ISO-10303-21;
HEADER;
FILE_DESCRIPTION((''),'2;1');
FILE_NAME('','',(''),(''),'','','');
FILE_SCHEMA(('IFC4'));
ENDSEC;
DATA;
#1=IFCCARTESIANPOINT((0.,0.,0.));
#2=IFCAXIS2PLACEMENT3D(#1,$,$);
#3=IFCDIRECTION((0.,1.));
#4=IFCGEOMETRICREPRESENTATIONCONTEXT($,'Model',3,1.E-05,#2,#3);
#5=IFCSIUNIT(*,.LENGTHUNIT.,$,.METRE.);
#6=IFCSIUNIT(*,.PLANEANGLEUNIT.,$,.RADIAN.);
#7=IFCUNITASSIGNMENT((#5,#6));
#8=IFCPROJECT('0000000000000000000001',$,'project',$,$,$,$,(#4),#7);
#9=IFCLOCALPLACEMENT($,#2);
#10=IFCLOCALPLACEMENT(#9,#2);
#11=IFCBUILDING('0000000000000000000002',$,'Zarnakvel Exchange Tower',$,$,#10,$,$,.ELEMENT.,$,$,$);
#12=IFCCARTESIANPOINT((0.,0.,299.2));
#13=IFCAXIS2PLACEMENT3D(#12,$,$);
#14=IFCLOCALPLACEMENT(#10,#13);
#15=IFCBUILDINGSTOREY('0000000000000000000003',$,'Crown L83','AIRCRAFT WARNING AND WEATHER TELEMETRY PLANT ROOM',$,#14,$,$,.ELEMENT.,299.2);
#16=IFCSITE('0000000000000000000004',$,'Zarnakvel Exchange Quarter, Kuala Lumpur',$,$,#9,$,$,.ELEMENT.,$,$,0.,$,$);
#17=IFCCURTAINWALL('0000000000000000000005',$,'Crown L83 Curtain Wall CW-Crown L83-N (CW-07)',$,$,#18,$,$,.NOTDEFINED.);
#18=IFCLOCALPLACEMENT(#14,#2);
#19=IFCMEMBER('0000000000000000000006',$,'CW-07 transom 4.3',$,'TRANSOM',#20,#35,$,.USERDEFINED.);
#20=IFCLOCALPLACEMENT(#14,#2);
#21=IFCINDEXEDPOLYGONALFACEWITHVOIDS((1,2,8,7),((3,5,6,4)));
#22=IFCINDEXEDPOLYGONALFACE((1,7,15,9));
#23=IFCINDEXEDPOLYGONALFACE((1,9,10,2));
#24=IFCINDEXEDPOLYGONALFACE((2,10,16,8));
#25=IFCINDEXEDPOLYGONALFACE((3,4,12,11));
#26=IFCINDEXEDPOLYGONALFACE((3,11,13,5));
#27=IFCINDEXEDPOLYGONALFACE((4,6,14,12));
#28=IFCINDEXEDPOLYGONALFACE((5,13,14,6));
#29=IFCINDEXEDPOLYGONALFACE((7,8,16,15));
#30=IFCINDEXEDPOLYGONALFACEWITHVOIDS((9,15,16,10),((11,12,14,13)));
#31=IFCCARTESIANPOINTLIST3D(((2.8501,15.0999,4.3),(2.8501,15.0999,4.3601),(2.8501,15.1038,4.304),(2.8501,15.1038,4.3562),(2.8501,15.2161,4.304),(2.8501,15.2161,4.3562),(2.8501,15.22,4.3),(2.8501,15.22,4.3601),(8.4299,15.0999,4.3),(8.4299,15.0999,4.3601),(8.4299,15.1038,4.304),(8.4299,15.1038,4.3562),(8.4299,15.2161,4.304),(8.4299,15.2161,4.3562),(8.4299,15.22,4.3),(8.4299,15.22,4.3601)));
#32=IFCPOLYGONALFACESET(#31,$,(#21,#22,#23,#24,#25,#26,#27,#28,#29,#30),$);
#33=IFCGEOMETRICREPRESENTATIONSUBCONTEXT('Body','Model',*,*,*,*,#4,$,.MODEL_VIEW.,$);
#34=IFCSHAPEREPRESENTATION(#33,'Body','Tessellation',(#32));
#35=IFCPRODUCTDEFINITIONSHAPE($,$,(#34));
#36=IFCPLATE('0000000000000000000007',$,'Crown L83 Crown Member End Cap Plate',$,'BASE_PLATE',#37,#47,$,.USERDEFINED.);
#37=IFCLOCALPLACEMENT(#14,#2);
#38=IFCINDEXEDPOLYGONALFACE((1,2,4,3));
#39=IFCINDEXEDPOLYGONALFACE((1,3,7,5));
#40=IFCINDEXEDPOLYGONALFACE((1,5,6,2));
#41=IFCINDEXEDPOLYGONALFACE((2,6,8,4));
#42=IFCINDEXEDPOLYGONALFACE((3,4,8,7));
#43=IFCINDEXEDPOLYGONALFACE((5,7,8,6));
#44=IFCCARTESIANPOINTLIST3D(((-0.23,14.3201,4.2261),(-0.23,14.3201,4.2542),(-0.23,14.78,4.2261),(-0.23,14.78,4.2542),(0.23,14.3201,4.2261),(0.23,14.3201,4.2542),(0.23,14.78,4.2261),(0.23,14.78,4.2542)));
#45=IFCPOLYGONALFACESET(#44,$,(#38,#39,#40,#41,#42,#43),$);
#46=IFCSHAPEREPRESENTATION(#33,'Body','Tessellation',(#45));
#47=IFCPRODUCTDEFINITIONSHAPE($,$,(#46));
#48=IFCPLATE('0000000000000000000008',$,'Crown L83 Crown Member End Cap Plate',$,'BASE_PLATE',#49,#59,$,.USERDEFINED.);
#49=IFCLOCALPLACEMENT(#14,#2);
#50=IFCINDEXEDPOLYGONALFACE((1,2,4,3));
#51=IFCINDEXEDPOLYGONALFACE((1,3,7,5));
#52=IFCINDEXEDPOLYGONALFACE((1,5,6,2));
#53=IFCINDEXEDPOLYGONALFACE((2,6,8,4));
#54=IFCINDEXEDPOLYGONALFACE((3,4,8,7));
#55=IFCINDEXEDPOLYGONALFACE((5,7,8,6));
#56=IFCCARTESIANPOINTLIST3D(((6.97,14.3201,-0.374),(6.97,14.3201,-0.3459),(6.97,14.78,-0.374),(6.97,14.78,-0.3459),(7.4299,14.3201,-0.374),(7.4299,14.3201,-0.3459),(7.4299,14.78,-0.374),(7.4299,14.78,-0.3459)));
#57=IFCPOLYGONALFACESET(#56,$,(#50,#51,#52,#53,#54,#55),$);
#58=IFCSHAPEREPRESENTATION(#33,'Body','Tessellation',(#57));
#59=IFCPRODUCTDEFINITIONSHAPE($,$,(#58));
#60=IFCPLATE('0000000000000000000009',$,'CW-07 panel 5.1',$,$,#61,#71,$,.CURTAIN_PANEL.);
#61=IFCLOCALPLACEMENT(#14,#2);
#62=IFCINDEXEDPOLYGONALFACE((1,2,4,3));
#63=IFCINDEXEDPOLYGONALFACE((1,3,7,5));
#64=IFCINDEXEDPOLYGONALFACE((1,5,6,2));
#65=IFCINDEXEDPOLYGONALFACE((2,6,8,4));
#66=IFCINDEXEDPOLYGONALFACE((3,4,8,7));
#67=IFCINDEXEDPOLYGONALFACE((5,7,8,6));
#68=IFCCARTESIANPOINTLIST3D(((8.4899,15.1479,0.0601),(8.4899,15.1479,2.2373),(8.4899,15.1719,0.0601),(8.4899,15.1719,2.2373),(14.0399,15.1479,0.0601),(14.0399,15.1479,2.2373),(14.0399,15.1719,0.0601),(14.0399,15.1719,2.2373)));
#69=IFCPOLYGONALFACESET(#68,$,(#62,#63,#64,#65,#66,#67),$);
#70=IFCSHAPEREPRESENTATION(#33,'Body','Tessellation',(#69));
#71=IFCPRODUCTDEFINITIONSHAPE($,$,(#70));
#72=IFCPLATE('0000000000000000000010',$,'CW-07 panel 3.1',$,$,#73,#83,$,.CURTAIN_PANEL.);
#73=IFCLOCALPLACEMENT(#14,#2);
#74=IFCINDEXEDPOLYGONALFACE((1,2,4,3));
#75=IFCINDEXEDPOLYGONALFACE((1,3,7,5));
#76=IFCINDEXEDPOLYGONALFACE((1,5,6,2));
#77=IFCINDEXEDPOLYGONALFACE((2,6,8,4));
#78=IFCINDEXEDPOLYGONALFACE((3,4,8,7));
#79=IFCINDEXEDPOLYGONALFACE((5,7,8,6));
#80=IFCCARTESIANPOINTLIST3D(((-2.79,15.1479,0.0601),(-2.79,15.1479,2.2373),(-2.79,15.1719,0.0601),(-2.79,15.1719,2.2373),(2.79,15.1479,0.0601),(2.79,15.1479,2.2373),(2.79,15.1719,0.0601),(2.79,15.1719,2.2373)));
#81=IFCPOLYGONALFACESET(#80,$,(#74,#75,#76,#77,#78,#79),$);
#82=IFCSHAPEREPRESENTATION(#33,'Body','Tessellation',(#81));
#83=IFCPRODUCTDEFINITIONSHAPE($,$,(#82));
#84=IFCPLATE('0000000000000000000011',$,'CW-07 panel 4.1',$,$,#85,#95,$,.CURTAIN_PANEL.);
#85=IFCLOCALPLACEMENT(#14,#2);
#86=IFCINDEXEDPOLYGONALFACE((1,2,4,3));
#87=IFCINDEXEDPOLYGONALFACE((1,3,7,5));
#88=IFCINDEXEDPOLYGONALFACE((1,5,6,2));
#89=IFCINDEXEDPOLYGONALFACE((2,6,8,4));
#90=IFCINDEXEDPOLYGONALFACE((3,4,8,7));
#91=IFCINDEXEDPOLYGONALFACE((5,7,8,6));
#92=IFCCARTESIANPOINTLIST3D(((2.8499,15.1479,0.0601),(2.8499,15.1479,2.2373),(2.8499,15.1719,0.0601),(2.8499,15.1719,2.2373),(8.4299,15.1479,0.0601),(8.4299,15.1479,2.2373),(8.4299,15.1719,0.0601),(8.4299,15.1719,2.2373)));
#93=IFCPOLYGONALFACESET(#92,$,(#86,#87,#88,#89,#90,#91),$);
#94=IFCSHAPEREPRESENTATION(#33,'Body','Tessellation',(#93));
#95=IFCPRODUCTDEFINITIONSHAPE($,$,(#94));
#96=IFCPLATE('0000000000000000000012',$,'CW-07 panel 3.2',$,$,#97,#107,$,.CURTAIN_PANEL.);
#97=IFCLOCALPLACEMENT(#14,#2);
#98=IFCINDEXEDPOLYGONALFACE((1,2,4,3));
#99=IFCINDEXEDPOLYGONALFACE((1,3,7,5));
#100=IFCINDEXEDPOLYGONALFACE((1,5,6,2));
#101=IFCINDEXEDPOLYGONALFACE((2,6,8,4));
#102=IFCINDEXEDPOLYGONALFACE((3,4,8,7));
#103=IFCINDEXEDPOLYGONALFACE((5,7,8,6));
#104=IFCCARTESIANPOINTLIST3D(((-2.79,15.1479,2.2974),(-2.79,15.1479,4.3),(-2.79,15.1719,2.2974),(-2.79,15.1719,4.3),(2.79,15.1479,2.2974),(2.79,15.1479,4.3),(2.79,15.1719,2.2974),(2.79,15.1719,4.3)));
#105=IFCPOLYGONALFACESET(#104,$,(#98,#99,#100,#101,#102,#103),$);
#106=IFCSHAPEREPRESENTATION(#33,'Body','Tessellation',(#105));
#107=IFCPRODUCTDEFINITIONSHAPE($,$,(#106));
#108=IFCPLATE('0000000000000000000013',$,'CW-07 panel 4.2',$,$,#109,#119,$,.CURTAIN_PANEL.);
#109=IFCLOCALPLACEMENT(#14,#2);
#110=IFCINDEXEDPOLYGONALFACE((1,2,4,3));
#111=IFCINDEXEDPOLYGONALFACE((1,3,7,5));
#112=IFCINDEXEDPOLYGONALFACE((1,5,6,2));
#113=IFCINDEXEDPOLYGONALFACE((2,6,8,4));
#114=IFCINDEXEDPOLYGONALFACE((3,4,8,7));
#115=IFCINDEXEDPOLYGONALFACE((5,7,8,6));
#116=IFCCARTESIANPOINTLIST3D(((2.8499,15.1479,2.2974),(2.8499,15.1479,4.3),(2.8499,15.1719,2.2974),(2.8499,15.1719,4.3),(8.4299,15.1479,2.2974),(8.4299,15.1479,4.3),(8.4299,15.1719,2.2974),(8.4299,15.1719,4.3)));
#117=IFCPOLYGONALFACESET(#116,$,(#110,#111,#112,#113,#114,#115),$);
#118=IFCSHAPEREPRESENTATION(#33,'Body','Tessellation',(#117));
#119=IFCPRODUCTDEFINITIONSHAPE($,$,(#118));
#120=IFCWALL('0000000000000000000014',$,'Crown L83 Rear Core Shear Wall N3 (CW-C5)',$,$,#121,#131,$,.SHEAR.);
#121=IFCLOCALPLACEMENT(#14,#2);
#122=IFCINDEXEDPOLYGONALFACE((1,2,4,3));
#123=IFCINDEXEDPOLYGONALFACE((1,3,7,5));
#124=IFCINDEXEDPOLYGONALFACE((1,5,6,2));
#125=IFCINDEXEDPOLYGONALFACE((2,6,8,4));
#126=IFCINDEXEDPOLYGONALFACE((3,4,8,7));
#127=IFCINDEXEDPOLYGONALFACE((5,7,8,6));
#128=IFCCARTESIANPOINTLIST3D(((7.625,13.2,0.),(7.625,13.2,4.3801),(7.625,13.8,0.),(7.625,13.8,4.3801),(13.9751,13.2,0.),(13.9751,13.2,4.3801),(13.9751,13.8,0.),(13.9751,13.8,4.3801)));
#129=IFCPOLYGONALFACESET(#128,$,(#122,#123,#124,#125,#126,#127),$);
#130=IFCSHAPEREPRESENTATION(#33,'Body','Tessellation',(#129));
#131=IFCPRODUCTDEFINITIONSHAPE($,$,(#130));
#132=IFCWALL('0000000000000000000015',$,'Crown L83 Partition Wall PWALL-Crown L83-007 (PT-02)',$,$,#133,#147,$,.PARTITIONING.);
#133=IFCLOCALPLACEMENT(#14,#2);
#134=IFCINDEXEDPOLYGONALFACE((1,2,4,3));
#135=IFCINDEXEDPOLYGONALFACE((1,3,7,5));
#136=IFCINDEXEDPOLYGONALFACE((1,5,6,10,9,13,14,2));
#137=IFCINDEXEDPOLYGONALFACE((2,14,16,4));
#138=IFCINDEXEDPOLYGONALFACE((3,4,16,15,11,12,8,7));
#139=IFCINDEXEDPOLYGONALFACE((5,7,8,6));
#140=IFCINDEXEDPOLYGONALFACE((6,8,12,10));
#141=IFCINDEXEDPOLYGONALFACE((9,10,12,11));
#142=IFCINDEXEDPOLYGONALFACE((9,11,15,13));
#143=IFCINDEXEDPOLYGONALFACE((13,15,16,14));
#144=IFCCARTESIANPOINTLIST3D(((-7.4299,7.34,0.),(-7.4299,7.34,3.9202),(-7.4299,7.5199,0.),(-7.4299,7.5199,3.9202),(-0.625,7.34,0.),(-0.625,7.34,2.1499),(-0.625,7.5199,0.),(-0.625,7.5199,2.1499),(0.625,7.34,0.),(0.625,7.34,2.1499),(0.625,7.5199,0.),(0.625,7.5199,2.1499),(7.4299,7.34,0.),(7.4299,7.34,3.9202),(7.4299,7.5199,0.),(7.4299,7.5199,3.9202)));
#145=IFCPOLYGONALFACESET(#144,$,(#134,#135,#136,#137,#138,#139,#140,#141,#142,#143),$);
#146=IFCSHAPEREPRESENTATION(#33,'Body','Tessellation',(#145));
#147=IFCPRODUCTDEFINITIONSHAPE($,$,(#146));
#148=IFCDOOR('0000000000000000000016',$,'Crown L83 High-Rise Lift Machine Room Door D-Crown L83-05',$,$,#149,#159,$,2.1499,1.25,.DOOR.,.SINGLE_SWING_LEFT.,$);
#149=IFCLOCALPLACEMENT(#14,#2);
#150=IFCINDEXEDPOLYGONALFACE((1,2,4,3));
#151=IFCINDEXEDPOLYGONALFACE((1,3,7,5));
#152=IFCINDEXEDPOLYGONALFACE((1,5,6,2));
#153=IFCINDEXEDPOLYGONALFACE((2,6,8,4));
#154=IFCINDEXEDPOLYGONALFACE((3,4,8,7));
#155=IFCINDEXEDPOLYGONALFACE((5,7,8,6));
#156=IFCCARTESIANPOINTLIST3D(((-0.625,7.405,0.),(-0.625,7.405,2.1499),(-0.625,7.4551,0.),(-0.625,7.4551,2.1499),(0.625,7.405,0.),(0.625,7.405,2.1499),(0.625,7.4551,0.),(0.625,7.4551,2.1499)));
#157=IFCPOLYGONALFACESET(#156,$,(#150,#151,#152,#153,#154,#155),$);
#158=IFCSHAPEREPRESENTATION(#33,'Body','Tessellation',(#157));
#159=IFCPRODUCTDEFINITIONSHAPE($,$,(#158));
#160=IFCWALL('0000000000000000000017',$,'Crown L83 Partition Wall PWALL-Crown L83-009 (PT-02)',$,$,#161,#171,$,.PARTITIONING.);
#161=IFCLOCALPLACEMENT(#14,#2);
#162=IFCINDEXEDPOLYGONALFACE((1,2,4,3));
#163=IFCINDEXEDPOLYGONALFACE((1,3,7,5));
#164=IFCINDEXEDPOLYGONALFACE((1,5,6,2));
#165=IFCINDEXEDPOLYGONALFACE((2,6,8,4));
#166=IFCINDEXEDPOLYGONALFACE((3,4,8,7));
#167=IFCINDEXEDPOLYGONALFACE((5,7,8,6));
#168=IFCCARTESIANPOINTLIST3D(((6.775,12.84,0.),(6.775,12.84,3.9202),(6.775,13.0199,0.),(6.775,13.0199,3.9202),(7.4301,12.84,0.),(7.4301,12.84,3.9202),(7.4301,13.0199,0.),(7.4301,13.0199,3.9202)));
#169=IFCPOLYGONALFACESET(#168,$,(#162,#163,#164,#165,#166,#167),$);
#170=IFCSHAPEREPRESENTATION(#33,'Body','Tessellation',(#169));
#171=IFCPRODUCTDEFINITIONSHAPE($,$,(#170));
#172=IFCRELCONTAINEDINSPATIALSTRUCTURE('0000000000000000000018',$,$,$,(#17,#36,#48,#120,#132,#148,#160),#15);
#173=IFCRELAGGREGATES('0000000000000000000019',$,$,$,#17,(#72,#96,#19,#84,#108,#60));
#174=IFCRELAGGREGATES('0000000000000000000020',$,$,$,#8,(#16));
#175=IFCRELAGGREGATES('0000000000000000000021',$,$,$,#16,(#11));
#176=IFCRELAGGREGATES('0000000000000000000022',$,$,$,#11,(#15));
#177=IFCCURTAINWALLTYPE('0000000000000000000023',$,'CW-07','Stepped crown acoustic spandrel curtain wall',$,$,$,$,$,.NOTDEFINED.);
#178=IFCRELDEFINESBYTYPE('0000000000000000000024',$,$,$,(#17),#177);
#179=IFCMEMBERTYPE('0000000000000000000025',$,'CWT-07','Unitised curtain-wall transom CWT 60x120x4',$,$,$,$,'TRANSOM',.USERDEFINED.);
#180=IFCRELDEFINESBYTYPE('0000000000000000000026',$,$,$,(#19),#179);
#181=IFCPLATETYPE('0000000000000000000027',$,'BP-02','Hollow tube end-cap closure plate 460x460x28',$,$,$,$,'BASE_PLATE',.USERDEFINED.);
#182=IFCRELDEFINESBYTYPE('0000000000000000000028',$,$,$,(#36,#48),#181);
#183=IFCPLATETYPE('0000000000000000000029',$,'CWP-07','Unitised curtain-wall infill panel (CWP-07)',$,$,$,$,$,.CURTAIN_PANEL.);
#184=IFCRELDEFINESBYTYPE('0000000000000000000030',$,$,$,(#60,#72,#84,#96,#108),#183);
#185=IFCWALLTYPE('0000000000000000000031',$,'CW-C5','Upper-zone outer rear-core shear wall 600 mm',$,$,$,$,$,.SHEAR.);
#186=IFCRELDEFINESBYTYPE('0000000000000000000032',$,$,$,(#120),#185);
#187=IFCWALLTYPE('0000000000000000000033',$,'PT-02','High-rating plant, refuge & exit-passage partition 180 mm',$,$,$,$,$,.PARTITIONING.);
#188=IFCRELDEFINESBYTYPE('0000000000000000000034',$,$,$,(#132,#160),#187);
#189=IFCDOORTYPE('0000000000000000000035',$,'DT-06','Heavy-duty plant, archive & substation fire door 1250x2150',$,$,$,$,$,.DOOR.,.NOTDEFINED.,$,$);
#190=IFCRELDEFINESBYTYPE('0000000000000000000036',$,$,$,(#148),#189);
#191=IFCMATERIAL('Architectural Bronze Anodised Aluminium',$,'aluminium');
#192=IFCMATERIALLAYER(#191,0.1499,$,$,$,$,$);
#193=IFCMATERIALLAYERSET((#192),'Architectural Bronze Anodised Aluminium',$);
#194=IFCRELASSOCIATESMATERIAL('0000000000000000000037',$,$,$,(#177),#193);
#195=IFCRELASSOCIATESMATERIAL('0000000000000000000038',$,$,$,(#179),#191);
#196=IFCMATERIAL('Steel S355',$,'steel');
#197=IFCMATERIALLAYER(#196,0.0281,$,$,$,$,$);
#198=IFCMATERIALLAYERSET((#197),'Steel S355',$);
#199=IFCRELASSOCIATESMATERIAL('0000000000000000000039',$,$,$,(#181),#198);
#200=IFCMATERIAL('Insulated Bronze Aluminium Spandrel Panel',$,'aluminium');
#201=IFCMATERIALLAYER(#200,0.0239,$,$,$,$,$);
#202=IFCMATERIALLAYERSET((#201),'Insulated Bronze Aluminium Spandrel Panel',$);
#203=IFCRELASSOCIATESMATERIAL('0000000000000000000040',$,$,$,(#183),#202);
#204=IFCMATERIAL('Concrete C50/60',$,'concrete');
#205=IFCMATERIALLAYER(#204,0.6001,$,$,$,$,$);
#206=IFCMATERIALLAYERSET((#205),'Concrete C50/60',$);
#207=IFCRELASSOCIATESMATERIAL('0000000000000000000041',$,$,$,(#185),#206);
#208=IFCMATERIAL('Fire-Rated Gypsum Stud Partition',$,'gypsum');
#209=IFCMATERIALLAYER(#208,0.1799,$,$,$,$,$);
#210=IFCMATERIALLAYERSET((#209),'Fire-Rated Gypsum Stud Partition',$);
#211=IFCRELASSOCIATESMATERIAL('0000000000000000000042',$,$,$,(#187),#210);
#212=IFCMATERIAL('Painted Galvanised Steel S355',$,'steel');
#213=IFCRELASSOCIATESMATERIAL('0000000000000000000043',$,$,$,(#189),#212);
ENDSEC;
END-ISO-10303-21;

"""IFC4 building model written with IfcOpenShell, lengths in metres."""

from ifc_helpers import new_model, si_unit, direction, frame, frame_2d, origin, origin_2d, place, context, subcontext, project, spatial, rectangle, hollow_rectangle, extrude, source, transform, mapped, material, layer, layer_set, material_profile, profile_set, type_object, element, fill, aggregate, save


model = new_model("IFC4")

# Units and contexts
model_context = context("Model", 3, precision=1e-05, world=origin(), true_north=direction((0.0, 1.0)))
body_context = subcontext(model_context, "Body", "Model", "MODEL_VIEW")
ifc_project = project(units=[si_unit("LENGTHUNIT", "METRE"), si_unit("PLANEANGLEUNIT", "RADIAN")], contexts=[model_context])

# Site, building, storey
site_placement = place(None, origin())
site = spatial("IfcSite", under=ifc_project, at=site_placement, Name="Zarnakvel Exchange Quarter, Kuala Lumpur", CompositionType="ELEMENT", RefElevation=0.0)
building_placement = place(site_placement, origin())
building = spatial("IfcBuilding", under=site, at=building_placement, Name="Zarnakvel Exchange Tower", CompositionType="ELEMENT")
storey_placement = place(building_placement, frame((0.0, 0.0, 299.2)))
storey = spatial("IfcBuildingStorey", under=building, at=storey_placement, Name="Crown L83", Description="AIRCRAFT WARNING AND WEATHER TELEMETRY PLANT ROOM", CompositionType="ELEMENT", Elevation=299.2)

# Shared definitions
ifc_material_1 = material(Name="Concrete C50/60", Category="concrete")
ifc_material_2 = material(Name="Steel S355", Category="steel")

# Curtain wall, member
ifc_material_3 = material(Name="Architectural Bronze Anodised Aluminium", Category="aluminium")
ifc_layer_1 = layer(ifc_material_3, 0.1499)
ifc_layer_set_1 = layer_set([ifc_layer_1], Name="Architectural Bronze Anodised Aluminium")
curtain_wall_type = type_object("IfcCurtainWallType", Name="CW-07", Description="Stepped crown acoustic spandrel curtain wall", PredefinedType="NOTDEFINED", material=ifc_layer_set_1)
curtain_wall_placement = place(storey_placement, origin())
curtain_wall = element("IfcCurtainWall", 1, at=curtain_wall_placement, inside=storey, type_object=curtain_wall_type, Name="Crown L83 Curtain Wall CW-Crown L83-N (CW-07)", PredefinedType="NOTDEFINED")
ifc_material_profile_1 = material_profile(ifc_material_3, hollow_rectangle(XDim=0.1201, YDim=0.0601, WallThickness=0.0039, at=origin_2d()))
ifc_profile_set_1 = profile_set([ifc_material_profile_1], Name="Architectural Bronze Anodised Aluminium")
member_type_1 = type_object("IfcMemberType", Name="CWT-07", Description="Unitised curtain-wall transom CWT 60x120x4", ElementType="TRANSOM", PredefinedType="USERDEFINED", material=ifc_profile_set_1)
shared_shape_1 = source(origin(), body_context, "Body", "SweptSolid", [
    extrude(hollow_rectangle(XDim=0.1201, YDim=0.0601, WallThickness=0.0039, at=origin_2d()), origin(), (0.0, 0.0, 1.0), 5.5798),
])
member_1_placement = place(storey_placement, frame((2.8501, 15.1599, 4.3301), z_axis=(1.0, 0.0, 0.0), x_axis=(0.0, 1.0, 0.0)))
member_1 = element("IfcMember", 2, at=member_1_placement, type_object=member_type_1, Name="CW-07 transom 4.3", ObjectType="TRANSOM", PredefinedType="USERDEFINED", context=body_context, shape_type="MappedRepresentation", body=[
    mapped(shared_shape_1, transform((0.0, 0.0, 0.0), x_axis=(1.0, 0.0, 0.0), y_axis=(0.0, 1.0, 0.0), z_axis=(0.0, 0.0, 1.0), scale=1.0)),
])

# Plates
ifc_layer_2 = layer(ifc_material_2, 0.0281)
ifc_layer_set_2 = layer_set([ifc_layer_2], Name="Steel S355")
plate_type_1 = type_object("IfcPlateType", Name="BP-02", Description="Hollow tube end-cap closure plate 460x460x28", ElementType="BASE_PLATE", PredefinedType="USERDEFINED", material=ifc_layer_set_2)
shared_shape_2 = source(origin(), body_context, "Body", "SweptSolid", [
    extrude(rectangle(XDim=0.46, YDim=0.46, at=origin_2d()), origin(), (0.0, 0.0, 1.0), 0.0281),
])
for number, where, z_axis, x_axis, name in (
    (3, (0.0, 14.55, 4.2261), (0.0, 0.0, 1.0), (1.0, 0.0, 0.0), "Crown L83 Crown Member End Cap Plate"),
    (4, (7.2, 14.55, -0.374), (0.0, 0.0, 1.0), (1.0, 0.0, 0.0), "Crown L83 Crown Member End Cap Plate"),
):
    element("IfcPlate", number, at=place(storey_placement, frame(where, z_axis=z_axis, x_axis=x_axis)), inside=storey, type_object=plate_type_1, Name=name, ObjectType="BASE_PLATE", PredefinedType="USERDEFINED", context=body_context, shape_type="MappedRepresentation", body=[
        mapped(shared_shape_2, transform((0.0, 0.0, 0.0), x_axis=(1.0, 0.0, 0.0), y_axis=(0.0, 1.0, 0.0), z_axis=(0.0, 0.0, 1.0), scale=1.0)),
    ])

# Plates
ifc_material_4 = material(Name="Insulated Bronze Aluminium Spandrel Panel", Category="aluminium")
ifc_layer_3 = layer(ifc_material_4, 0.0239)
ifc_layer_set_3 = layer_set([ifc_layer_3], Name="Insulated Bronze Aluminium Spandrel Panel")
plate_type_2 = type_object("IfcPlateType", Name="CWP-07", Description="Unitised curtain-wall infill panel (CWP-07)", PredefinedType="CURTAIN_PANEL", material=ifc_layer_set_3)
shared_shape_3 = source(origin(), body_context, "Body", "SweptSolid", [
    extrude(rectangle(XDim=5.55, YDim=0.0239, at=origin_2d()), origin(), (0.0, 0.0, 1.0), 2.1772),
])
plate_1_placement = place(storey_placement, frame((11.2649, 15.1599, 0.0601), z_axis=(0.0, 0.0, 1.0), x_axis=(1.0, 0.0, 0.0)))
plate_1 = element("IfcPlate", 5, at=plate_1_placement, type_object=plate_type_2, Name="CW-07 panel 5.1", PredefinedType="CURTAIN_PANEL", context=body_context, shape_type="MappedRepresentation", body=[
    mapped(shared_shape_3, transform((0.0, 0.0, 0.0), x_axis=(1.0, 0.0, 0.0), y_axis=(0.0, 1.0, 0.0), z_axis=(0.0, 0.0, 1.0), scale=1.0)),
])
shared_shape_4 = source(origin(), body_context, "Body", "SweptSolid", [
    extrude(rectangle(XDim=5.5801, YDim=0.0239, at=origin_2d()), origin(), (0.0, 0.0, 1.0), 2.1772),
])
plate_2_placement = place(storey_placement, frame((0.0, 15.1599, 0.0601), z_axis=(0.0, 0.0, 1.0), x_axis=(1.0, 0.0, 0.0)))
plate_2 = element("IfcPlate", 6, at=plate_2_placement, type_object=plate_type_2, Name="CW-07 panel 3.1", PredefinedType="CURTAIN_PANEL", context=body_context, shape_type="MappedRepresentation", body=[
    mapped(shared_shape_4, transform((0.0, 0.0, 0.0), x_axis=(1.0, 0.0, 0.0), y_axis=(0.0, 1.0, 0.0), z_axis=(0.0, 0.0, 1.0), scale=1.0)),
])
plate_3_placement = place(storey_placement, frame((5.6399, 15.1599, 0.0601), z_axis=(0.0, 0.0, 1.0), x_axis=(1.0, 0.0, 0.0)))
plate_3 = element("IfcPlate", 7, at=plate_3_placement, type_object=plate_type_2, Name="CW-07 panel 4.1", PredefinedType="CURTAIN_PANEL", context=body_context, shape_type="MappedRepresentation", body=[
    mapped(shared_shape_4, transform((0.0, 0.0, 0.0), x_axis=(1.0, 0.0, 0.0), y_axis=(0.0, 1.0, 0.0), z_axis=(0.0, 0.0, 1.0), scale=1.0)),
])
shared_shape_5 = source(origin(), body_context, "Body", "SweptSolid", [
    extrude(rectangle(XDim=5.5801, YDim=0.0239, at=origin_2d()), origin(), (0.0, 0.0, 1.0), 2.0027),
])
plate_4_placement = place(storey_placement, frame((0.0, 15.1599, 2.2974), z_axis=(0.0, 0.0, 1.0), x_axis=(1.0, 0.0, 0.0)))
plate_4 = element("IfcPlate", 8, at=plate_4_placement, type_object=plate_type_2, Name="CW-07 panel 3.2", PredefinedType="CURTAIN_PANEL", context=body_context, shape_type="MappedRepresentation", body=[
    mapped(shared_shape_5, transform((0.0, 0.0, 0.0), x_axis=(1.0, 0.0, 0.0), y_axis=(0.0, 1.0, 0.0), z_axis=(0.0, 0.0, 1.0), scale=1.0)),
])
plate_5_placement = place(storey_placement, frame((5.6399, 15.1599, 2.2974), z_axis=(0.0, 0.0, 1.0), x_axis=(1.0, 0.0, 0.0)))
plate_5 = element("IfcPlate", 9, at=plate_5_placement, type_object=plate_type_2, Name="CW-07 panel 4.2", PredefinedType="CURTAIN_PANEL", context=body_context, shape_type="MappedRepresentation", body=[
    mapped(shared_shape_5, transform((0.0, 0.0, 0.0), x_axis=(1.0, 0.0, 0.0), y_axis=(0.0, 1.0, 0.0), z_axis=(0.0, 0.0, 1.0), scale=1.0)),
])
aggregate(curtain_wall, [plate_2, plate_4, member_1, plate_3, plate_5, plate_1])

# Wall
ifc_layer_4 = layer(ifc_material_1, 0.6001)
ifc_layer_set_4 = layer_set([ifc_layer_4], Name="Concrete C50/60")
wall_type_1 = type_object("IfcWallType", Name="CW-C5", Description="Upper-zone outer rear-core shear wall 600 mm", PredefinedType="SHEAR", material=ifc_layer_set_4)
wall_1_placement = place(storey_placement, frame((7.625, 13.5, 0.0), z_axis=(0.0, 0.0, 1.0), x_axis=(1.0, 0.0, 0.0)))
element("IfcWall", 10, at=wall_1_placement, inside=storey, type_object=wall_type_1, Name="Crown L83 Rear Core Shear Wall N3 (CW-C5)", PredefinedType="SHEAR", context=body_context, shape_type="SweptSolid", body=[
    extrude(rectangle(XDim=6.3501, YDim=0.6001, at=frame_2d((3.175, 0.0))), origin(), (0.0, 0.0, 1.0), 4.3801),
])

# Wall, opening, door
ifc_material_5 = material(Name="Fire-Rated Gypsum Stud Partition", Category="gypsum")
ifc_layer_5 = layer(ifc_material_5, 0.1799)
ifc_layer_set_5 = layer_set([ifc_layer_5], Name="Fire-Rated Gypsum Stud Partition")
wall_type_2 = type_object("IfcWallType", Name="PT-02", Description="High-rating plant, refuge & exit-passage partition 180 mm", PredefinedType="PARTITIONING", material=ifc_layer_set_5)
wall_2_placement = place(storey_placement, frame((7.4299, 7.4299, 0.0), z_axis=(0.0, 0.0, 1.0), x_axis=(-1.0, 0.0, 0.0)))
wall_2 = element("IfcWall", 11, at=wall_2_placement, inside=storey, type_object=wall_type_2, Name="Crown L83 Partition Wall PWALL-Crown L83-007 (PT-02)", PredefinedType="PARTITIONING", context=body_context, shape_type="SweptSolid", body=[
    extrude(rectangle(XDim=14.8599, YDim=0.1799, at=frame_2d((7.4299, 0.0))), origin(), (0.0, 0.0, 1.0), 3.9202),
])
opening_1_placement = place(wall_2_placement, frame((6.8049, 0.0, 0.0)))
opening_1 = element("IfcOpeningElement", 12, at=opening_1_placement, cuts=wall_2, PredefinedType="OPENING", context=body_context, shape_type="SweptSolid", body=[
    extrude(rectangle(XDim=1.25, YDim=2.1499, at=frame_2d((0.625, 1.075))), frame((0.0, 0.0999, 0.0), z_axis=(0.0, -1.0, 0.0), x_axis=(1.0, 0.0, 0.0)), (0.0, 0.0, 1.0), 0.2),
])
ifc_material_6 = material(Name="Painted Galvanised Steel S355", Category="steel")
door_type_1 = type_object("IfcDoorType", Name="DT-06", Description="Heavy-duty plant, archive & substation fire door 1250x2150", OperationType="NOTDEFINED", PredefinedType="DOOR", material=ifc_material_6)
shared_shape_6 = source(origin(), body_context, "Body", "SweptSolid", [
    extrude(rectangle(XDim=1.25, YDim=2.1499, at=frame_2d((0.625, 1.075))), frame((0.0, 0.0249, 0.0), z_axis=(0.0, -1.0, 0.0), x_axis=(1.0, 0.0, 0.0)), (0.0, 0.0, 1.0), 0.05),
])
door_1_placement = place(opening_1_placement, origin())
door_1 = element("IfcDoor", 13, at=door_1_placement, inside=storey, type_object=door_type_1, Name="Crown L83 High-Rise Lift Machine Room Door D-Crown L83-05", OperationType="SINGLE_SWING_LEFT", OverallHeight=2.1499, OverallWidth=1.25, PredefinedType="DOOR", context=body_context, shape_type="MappedRepresentation", body=[
    mapped(shared_shape_6, transform((0.0, 0.0, 0.0), x_axis=(1.0, 0.0, 0.0), y_axis=(0.0, 1.0, 0.0), z_axis=(0.0, 0.0, 1.0), scale=1.0)),
])
fill(opening_1, door_1)

# Wall
wall_3_placement = place(storey_placement, frame((6.7749, 12.9299, 0.0), z_axis=(0.0, 0.0, 1.0), x_axis=(1.0, 0.0, 0.0)))
element("IfcWall", 14, at=wall_3_placement, inside=storey, type_object=wall_type_2, Name="Crown L83 Partition Wall PWALL-Crown L83-009 (PT-02)", PredefinedType="PARTITIONING", context=body_context, shape_type="SweptSolid", body=[
    extrude(rectangle(XDim=0.655, YDim=0.1799, at=frame_2d((0.3276, 0.0))), origin(), (0.0, 0.0, 1.0), 3.9202),
])

save(model, "model.ifc")
